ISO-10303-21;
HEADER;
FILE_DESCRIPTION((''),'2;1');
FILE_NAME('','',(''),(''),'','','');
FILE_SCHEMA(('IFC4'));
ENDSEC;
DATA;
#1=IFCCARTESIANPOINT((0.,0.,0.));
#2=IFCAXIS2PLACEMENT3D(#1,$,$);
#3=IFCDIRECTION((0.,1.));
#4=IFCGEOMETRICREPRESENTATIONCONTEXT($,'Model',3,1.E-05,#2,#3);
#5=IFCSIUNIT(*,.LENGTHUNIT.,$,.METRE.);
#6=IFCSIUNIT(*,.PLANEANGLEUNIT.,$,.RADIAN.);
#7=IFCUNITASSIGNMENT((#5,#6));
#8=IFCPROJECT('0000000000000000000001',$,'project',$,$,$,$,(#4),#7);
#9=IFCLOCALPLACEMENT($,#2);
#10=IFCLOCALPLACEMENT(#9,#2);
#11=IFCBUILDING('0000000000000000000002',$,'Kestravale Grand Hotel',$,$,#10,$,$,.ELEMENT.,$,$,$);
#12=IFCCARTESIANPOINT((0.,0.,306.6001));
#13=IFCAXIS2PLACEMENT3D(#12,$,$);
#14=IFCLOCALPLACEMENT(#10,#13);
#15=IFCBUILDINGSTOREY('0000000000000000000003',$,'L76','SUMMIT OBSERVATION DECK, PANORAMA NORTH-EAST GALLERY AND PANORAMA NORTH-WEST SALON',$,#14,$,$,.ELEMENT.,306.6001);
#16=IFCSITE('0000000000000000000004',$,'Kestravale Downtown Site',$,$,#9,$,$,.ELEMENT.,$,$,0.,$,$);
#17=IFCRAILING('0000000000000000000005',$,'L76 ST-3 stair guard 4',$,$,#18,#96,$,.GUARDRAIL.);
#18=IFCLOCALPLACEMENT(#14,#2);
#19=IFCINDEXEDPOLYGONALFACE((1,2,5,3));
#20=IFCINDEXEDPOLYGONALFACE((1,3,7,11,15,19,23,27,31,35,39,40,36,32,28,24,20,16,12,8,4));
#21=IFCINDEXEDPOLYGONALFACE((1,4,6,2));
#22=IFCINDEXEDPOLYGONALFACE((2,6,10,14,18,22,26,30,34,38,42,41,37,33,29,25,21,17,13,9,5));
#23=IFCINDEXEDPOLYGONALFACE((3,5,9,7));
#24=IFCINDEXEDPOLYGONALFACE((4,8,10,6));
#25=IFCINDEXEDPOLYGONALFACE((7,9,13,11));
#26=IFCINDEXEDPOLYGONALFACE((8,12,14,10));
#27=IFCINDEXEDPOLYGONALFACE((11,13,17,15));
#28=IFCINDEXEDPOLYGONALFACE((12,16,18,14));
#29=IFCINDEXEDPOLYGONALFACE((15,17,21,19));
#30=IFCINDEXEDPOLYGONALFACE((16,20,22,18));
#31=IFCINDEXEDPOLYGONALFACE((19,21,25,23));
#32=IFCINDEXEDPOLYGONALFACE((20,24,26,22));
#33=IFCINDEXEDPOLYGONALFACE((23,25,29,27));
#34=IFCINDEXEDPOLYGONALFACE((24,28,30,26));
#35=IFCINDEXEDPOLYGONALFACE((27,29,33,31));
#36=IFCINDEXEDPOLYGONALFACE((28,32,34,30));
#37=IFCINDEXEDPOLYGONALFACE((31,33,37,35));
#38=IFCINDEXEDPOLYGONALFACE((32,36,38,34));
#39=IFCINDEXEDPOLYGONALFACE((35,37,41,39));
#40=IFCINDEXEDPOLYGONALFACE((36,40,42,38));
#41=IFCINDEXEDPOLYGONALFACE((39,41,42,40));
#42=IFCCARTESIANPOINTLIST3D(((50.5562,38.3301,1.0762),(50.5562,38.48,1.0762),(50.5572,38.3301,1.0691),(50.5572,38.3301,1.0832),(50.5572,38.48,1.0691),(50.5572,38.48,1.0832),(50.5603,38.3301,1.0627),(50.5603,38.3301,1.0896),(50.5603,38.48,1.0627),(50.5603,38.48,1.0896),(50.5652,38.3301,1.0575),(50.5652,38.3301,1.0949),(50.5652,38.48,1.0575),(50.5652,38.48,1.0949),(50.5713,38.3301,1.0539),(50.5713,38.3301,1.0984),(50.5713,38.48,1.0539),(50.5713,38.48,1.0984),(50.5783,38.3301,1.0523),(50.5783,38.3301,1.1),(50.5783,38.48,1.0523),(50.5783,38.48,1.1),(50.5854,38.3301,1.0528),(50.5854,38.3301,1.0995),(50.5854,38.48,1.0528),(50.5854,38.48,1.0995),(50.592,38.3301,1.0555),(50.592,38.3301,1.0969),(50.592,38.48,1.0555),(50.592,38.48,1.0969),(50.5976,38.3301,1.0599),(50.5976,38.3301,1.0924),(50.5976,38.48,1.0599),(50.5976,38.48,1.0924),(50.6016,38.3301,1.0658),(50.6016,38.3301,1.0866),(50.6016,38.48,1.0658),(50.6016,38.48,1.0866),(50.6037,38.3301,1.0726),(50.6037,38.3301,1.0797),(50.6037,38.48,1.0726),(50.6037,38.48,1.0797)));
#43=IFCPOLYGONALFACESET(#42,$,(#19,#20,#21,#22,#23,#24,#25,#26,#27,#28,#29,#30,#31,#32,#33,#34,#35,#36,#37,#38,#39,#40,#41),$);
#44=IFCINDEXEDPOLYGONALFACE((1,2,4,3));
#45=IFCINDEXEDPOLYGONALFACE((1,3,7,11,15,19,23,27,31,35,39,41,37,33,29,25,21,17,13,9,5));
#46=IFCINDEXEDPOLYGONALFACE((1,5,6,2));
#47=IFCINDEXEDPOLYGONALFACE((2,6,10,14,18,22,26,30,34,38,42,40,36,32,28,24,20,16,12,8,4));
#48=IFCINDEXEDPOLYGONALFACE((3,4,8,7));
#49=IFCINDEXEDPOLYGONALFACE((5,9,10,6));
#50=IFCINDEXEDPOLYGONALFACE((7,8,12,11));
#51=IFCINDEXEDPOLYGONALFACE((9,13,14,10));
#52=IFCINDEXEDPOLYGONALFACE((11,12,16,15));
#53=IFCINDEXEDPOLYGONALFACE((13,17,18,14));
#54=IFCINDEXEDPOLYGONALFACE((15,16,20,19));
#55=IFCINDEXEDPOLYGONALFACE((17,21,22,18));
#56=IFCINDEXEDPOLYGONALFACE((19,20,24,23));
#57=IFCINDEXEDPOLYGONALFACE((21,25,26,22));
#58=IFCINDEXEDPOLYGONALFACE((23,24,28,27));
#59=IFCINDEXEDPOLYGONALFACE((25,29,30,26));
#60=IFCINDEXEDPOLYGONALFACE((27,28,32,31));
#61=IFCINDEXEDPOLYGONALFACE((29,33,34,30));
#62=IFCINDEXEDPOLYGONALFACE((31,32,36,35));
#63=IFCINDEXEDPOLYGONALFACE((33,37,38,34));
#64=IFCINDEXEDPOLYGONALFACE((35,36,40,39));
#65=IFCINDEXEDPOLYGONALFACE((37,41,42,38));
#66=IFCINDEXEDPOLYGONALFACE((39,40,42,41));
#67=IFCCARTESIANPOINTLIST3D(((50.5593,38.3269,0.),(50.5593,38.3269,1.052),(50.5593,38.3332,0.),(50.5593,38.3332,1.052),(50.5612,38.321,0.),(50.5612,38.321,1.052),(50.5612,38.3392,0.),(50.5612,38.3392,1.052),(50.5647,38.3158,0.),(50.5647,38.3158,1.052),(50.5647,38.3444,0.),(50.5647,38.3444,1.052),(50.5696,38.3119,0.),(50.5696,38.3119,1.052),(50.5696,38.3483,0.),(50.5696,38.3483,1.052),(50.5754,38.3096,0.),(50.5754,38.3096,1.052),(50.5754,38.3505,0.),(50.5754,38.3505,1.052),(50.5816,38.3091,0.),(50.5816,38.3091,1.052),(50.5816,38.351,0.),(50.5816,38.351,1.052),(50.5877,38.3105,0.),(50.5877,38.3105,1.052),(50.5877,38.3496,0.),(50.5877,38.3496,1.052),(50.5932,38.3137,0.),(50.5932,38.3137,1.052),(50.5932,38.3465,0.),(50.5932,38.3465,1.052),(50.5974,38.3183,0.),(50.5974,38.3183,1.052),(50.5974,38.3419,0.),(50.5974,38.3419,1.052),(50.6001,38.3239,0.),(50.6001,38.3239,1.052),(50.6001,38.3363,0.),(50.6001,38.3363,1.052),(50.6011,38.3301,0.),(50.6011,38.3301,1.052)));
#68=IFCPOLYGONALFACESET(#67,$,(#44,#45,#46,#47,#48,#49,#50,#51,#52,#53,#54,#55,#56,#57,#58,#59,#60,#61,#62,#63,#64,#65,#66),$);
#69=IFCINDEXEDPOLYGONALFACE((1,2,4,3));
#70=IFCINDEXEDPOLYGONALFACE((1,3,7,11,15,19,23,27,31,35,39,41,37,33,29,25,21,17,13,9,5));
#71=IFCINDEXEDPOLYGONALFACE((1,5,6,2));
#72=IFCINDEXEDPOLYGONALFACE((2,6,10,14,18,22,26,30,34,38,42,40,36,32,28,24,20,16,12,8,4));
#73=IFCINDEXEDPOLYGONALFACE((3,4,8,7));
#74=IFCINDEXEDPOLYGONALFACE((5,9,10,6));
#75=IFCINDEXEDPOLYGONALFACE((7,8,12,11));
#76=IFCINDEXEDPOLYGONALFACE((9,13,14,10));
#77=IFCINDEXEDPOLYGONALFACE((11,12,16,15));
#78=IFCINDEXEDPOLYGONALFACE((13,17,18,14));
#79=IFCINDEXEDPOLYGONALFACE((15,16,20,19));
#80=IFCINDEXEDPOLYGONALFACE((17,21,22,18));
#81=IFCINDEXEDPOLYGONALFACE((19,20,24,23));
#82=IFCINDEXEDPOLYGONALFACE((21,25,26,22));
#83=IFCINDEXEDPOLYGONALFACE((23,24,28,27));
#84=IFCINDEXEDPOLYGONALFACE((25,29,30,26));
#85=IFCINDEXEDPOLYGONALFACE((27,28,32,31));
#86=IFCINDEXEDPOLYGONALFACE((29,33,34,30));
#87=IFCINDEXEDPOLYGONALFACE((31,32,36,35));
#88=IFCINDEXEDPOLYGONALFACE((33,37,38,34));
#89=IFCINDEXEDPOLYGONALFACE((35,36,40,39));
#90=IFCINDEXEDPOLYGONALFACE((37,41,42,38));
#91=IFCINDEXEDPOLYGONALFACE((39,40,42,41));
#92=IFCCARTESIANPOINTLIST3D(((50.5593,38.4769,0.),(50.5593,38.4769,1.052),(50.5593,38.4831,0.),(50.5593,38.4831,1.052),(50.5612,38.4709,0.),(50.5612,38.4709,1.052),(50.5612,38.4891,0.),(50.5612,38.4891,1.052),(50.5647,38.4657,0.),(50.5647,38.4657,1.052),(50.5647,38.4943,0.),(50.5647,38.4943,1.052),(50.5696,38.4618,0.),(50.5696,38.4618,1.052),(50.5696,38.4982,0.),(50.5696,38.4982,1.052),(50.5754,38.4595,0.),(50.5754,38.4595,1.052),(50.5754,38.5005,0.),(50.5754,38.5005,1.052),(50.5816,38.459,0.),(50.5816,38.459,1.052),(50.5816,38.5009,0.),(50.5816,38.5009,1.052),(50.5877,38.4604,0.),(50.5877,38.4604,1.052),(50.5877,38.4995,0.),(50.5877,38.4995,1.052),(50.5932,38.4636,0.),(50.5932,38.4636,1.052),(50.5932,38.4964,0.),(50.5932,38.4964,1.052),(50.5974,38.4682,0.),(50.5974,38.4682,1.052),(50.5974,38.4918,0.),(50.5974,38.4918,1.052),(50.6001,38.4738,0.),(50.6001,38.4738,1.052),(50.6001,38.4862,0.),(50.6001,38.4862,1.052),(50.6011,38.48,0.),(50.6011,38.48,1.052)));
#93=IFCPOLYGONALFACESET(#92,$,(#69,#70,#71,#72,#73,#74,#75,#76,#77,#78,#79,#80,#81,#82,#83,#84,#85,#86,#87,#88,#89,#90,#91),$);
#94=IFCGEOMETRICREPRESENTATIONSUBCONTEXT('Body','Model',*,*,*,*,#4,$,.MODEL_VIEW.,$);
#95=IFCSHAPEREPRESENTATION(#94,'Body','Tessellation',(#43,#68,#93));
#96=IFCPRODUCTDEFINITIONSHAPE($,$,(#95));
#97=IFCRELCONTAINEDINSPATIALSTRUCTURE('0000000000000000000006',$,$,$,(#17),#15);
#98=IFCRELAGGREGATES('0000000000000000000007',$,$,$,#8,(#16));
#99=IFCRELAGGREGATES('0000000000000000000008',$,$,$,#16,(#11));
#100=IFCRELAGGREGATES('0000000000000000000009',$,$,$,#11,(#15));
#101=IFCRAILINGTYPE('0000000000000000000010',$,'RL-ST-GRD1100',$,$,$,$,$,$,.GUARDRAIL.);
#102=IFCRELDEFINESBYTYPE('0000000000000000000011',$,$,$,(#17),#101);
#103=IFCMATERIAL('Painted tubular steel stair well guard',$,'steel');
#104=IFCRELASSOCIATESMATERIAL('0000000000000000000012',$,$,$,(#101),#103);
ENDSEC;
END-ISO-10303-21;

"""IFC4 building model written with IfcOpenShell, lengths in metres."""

from ifc_helpers import new_model, si_unit, direction, frame, origin, origin_2d, place, context, subcontext, project, spatial, circle, extrude, material, type_object, element, save


model = new_model("IFC4")

# Units and contexts
model_context = context("Model", 3, precision=1e-05, world=origin(), true_north=direction((0.0, 1.0)))
body_context = subcontext(model_context, "Body", "Model", "MODEL_VIEW")
ifc_project = project(units=[si_unit("LENGTHUNIT", "METRE"), si_unit("PLANEANGLEUNIT", "RADIAN")], contexts=[model_context])

# Site, building, storey
site_placement = place(None, origin())
site = spatial("IfcSite", under=ifc_project, at=site_placement, Name="Kestravale Downtown Site", CompositionType="ELEMENT", RefElevation=0.0)
building_placement = place(site_placement, origin())
building = spatial("IfcBuilding", under=site, at=building_placement, Name="Kestravale Grand Hotel", CompositionType="ELEMENT")
storey_placement = place(building_placement, frame((0.0, 0.0, 306.6001)))
storey = spatial("IfcBuildingStorey", under=building, at=storey_placement, Name="L76", Description="SUMMIT OBSERVATION DECK, PANORAMA NORTH-EAST GALLERY AND PANORAMA NORTH-WEST SALON", CompositionType="ELEMENT", Elevation=306.6001)

# Railing
ifc_material_1 = material(Name="Painted tubular steel stair well guard", Category="steel")
railing_type_1 = type_object("IfcRailingType", Name="RL-ST-GRD1100", PredefinedType="GUARDRAIL", material=ifc_material_1)
railing_1_placement = place(storey_placement, frame((50.5801, 38.3301, 0.0)))
element("IfcRailing", 1, at=railing_1_placement, inside=storey, type_object=railing_type_1, Name="L76 ST-3 stair guard 4", PredefinedType="GUARDRAIL", context=body_context, shape_type="SweptSolid", body=[
    extrude(circle(Radius=0.0239, at=origin_2d()), frame((0.0, 0.0, 1.0762), z_axis=(0.0, 1.0, 0.0), x_axis=(-1.0, 0.0, 0.0)), (0.0, 0.0, 1.0), 0.1499),
    extrude(circle(Radius=0.021, at=origin_2d()), origin(), (0.0, 0.0, 1.0), 1.052),
    extrude(circle(Radius=0.021, at=origin_2d()), frame((0.0, 0.1499, 0.0)), (0.0, 0.0, 1.0), 1.052),
])

save(model, "model.ifc")
